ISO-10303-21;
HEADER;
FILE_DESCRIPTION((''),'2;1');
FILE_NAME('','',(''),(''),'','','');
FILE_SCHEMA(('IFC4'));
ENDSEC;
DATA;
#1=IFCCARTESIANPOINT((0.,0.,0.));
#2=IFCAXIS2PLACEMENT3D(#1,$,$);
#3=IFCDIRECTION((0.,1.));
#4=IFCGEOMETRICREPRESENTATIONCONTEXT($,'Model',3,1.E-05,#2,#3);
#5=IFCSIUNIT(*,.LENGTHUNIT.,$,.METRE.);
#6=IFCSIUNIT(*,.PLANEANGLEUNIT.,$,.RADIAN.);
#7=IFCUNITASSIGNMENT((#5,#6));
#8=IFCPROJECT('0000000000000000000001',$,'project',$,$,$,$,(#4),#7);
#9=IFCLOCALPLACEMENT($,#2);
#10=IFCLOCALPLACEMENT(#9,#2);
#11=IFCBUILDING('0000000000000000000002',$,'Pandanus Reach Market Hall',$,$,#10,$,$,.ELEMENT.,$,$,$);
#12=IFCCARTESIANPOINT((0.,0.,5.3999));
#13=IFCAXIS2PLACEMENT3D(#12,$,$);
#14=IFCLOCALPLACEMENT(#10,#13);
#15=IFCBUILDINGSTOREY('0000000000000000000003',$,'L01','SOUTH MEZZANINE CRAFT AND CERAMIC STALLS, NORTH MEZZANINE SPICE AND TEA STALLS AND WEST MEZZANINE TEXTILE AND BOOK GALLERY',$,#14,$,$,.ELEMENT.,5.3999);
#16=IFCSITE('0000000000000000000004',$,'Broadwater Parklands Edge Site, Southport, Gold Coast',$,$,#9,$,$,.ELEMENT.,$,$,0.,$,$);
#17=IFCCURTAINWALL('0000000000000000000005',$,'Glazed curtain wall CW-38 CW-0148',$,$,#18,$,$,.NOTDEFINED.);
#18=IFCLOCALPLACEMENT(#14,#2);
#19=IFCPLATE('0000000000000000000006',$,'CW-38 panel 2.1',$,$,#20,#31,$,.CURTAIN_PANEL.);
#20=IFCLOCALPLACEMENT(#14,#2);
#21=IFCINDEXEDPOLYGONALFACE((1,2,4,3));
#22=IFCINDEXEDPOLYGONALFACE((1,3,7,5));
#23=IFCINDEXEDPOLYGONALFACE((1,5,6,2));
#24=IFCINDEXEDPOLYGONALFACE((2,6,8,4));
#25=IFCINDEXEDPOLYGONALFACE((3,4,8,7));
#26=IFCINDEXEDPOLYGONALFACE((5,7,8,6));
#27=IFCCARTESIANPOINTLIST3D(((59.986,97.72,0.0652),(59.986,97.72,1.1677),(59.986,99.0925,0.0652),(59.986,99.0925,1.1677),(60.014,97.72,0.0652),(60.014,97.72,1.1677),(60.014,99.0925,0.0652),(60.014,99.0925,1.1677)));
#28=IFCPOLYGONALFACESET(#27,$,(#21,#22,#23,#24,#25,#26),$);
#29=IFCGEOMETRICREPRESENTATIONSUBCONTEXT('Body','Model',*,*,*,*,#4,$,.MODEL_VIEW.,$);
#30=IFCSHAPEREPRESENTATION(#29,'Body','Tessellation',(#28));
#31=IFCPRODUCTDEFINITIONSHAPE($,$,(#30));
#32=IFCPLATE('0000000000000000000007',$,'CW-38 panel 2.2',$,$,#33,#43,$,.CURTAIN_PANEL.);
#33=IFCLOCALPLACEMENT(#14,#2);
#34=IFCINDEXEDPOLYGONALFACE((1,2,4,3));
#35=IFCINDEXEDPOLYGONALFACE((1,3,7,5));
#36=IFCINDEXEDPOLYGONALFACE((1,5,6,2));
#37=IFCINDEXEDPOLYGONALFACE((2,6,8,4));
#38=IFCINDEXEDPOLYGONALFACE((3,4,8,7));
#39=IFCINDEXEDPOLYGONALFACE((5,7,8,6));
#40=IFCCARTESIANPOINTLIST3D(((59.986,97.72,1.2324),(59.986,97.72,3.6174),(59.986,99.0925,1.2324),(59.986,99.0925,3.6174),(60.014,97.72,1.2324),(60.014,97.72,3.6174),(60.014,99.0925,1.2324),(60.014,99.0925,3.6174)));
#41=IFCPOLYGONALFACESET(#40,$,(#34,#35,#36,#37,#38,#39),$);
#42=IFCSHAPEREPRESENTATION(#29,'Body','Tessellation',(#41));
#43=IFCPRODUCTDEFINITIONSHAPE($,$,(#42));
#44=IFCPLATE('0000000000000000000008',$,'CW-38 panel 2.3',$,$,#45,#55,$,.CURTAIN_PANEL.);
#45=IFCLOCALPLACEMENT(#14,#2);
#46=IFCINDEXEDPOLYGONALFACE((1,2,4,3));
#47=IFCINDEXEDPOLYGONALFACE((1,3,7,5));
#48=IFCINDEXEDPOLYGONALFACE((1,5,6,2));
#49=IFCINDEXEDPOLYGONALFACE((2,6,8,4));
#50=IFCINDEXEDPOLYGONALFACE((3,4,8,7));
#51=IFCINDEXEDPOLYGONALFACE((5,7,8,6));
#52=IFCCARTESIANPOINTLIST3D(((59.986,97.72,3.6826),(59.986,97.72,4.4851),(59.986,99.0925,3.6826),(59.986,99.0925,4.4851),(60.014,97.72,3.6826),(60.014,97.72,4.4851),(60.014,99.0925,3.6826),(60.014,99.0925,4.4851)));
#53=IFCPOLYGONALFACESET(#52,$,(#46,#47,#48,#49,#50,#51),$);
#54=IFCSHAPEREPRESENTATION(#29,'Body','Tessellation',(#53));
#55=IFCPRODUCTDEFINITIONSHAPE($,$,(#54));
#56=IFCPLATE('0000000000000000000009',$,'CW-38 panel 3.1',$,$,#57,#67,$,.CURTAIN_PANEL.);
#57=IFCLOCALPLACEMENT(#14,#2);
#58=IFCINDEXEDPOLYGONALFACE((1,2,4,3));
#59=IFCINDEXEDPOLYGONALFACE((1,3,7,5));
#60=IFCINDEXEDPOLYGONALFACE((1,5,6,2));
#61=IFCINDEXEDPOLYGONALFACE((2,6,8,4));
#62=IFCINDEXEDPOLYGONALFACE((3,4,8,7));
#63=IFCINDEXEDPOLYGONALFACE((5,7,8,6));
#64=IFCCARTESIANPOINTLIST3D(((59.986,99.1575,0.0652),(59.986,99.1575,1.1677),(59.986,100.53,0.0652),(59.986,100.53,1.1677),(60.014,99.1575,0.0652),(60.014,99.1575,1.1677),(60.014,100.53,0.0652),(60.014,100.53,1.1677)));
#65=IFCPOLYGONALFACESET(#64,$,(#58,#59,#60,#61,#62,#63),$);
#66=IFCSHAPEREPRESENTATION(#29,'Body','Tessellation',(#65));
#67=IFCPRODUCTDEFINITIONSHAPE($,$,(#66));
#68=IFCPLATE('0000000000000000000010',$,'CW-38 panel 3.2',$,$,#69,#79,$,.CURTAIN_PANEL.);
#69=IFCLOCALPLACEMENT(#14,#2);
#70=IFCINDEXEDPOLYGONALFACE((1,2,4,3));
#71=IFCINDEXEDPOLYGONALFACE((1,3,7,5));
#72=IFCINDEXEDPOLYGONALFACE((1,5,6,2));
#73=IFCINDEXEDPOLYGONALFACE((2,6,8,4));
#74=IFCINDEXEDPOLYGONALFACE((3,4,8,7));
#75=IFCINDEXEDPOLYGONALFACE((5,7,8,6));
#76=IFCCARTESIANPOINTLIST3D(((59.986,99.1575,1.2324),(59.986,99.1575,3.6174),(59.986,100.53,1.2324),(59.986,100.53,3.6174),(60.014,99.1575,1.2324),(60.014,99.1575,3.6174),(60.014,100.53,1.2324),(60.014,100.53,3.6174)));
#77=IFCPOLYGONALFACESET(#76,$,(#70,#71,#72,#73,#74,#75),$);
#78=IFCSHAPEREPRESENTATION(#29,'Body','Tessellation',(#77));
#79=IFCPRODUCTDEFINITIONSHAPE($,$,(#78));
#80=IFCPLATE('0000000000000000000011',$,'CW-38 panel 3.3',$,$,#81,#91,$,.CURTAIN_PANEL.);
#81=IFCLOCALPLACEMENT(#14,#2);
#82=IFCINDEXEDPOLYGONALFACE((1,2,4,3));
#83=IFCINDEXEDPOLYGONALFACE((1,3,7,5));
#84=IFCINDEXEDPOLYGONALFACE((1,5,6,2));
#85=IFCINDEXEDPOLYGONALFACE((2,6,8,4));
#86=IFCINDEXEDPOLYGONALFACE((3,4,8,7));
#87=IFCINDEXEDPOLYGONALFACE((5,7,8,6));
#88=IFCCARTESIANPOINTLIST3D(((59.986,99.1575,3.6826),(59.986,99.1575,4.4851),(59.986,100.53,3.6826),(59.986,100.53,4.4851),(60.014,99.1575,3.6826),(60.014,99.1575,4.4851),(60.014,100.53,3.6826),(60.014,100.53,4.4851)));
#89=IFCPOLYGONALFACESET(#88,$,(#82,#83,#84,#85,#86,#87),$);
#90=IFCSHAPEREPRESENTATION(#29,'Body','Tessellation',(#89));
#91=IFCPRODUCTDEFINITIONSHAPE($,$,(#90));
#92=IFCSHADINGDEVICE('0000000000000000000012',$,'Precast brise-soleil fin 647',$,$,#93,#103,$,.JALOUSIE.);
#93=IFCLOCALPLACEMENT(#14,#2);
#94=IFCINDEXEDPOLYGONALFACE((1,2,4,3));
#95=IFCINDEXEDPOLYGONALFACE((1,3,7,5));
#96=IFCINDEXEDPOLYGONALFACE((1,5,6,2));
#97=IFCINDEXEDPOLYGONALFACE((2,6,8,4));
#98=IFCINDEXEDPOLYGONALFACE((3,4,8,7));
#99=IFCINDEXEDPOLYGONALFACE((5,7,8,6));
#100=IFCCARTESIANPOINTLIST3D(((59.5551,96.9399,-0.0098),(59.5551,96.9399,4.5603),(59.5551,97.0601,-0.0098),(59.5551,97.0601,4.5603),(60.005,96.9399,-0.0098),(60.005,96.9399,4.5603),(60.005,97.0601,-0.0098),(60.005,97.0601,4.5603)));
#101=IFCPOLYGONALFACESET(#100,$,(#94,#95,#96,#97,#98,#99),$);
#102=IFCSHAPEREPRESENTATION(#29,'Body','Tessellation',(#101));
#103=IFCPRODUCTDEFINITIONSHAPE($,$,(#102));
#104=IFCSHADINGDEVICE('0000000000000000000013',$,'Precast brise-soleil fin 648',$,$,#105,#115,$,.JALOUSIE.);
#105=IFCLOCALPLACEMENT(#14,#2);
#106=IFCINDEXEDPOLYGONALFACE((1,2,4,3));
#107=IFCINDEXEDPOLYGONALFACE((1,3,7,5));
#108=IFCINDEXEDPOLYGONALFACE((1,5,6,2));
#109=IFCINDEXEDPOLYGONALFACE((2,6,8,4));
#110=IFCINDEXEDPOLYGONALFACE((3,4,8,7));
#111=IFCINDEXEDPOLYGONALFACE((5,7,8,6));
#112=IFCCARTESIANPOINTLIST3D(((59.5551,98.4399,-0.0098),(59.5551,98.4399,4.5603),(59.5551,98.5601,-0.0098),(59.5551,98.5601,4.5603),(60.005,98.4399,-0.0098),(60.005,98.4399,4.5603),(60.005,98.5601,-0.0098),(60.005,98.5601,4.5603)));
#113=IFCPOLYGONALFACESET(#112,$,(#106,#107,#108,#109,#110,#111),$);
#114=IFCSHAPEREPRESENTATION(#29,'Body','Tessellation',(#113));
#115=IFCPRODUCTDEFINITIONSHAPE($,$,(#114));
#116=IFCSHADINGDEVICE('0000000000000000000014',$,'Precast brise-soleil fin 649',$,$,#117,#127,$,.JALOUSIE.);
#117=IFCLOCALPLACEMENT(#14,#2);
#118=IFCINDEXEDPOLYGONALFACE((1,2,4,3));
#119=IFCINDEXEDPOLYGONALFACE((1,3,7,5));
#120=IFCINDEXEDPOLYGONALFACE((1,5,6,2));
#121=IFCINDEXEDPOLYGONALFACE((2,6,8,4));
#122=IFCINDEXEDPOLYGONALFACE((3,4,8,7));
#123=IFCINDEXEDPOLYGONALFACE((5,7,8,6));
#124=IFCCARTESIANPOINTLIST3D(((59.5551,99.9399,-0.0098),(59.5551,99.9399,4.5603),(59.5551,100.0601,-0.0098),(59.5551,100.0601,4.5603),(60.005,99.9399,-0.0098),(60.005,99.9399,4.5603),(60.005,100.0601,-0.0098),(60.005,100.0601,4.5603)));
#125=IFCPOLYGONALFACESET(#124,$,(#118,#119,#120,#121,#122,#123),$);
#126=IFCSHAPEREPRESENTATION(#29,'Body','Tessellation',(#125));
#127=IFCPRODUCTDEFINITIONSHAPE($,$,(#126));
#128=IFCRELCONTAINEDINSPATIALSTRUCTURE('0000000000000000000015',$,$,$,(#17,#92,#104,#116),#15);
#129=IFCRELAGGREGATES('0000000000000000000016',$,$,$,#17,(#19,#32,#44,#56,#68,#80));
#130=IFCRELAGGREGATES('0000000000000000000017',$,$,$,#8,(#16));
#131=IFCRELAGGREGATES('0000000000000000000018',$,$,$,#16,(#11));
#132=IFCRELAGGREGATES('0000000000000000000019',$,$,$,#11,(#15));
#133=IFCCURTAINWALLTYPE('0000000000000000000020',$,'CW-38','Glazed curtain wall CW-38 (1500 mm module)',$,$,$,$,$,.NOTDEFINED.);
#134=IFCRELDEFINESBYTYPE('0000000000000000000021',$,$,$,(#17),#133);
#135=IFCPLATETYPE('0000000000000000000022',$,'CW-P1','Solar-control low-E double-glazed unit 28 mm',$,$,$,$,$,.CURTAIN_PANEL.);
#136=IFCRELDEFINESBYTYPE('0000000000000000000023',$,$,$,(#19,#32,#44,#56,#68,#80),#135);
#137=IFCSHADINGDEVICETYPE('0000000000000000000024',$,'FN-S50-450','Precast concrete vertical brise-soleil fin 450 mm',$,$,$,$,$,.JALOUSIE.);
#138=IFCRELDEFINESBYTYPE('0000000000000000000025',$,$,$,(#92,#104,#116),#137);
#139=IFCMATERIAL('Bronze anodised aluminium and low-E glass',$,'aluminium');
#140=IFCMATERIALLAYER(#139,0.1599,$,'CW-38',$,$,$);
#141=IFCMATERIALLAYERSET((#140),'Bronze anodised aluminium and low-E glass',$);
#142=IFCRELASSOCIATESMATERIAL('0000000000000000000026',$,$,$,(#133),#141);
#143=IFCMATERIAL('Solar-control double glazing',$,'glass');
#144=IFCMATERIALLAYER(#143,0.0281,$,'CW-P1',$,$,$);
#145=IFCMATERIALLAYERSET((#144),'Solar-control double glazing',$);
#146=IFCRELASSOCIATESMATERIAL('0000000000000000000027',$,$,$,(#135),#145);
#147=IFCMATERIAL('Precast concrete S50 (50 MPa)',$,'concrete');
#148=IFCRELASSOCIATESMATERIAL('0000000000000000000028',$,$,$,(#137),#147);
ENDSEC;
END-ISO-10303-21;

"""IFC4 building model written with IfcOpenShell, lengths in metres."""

from ifc_helpers import new_model, si_unit, direction, frame, origin, origin_2d, place, context, subcontext, project, spatial, rectangle, extrude, material, layer, layer_set, type_object, element, aggregate, save


model = new_model("IFC4")

# Units and contexts
model_context = context("Model", 3, precision=1e-05, world=origin(), true_north=direction((0.0, 1.0)))
body_context = subcontext(model_context, "Body", "Model", "MODEL_VIEW")
ifc_project = project(units=[si_unit("LENGTHUNIT", "METRE"), si_unit("PLANEANGLEUNIT", "RADIAN")], contexts=[model_context])

# Site, building, storey
site_placement = place(None, origin())
site = spatial("IfcSite", under=ifc_project, at=site_placement, Name="Broadwater Parklands Edge Site, Southport, Gold Coast", CompositionType="ELEMENT", RefElevation=0.0)
building_placement = place(site_placement, origin())
building = spatial("IfcBuilding", under=site, at=building_placement, Name="Pandanus Reach Market Hall", CompositionType="ELEMENT")
storey_placement = place(building_placement, frame((0.0, 0.0, 5.3999)))
storey = spatial("IfcBuildingStorey", under=building, at=storey_placement, Name="L01", Description="SOUTH MEZZANINE CRAFT AND CERAMIC STALLS, NORTH MEZZANINE SPICE AND TEA STALLS AND WEST MEZZANINE TEXTILE AND BOOK GALLERY", CompositionType="ELEMENT", Elevation=5.3999)

# Curtain wall, plates
ifc_material_1 = material(Name="Bronze anodised aluminium and low-E glass", Category="aluminium")
ifc_layer_1 = layer(ifc_material_1, 0.1599, Name="CW-38")
ifc_layer_set_1 = layer_set([ifc_layer_1], Name="Bronze anodised aluminium and low-E glass")
curtain_wall_type = type_object("IfcCurtainWallType", Name="CW-38", Description="Glazed curtain wall CW-38 (1500 mm module)", PredefinedType="NOTDEFINED", material=ifc_layer_set_1)
curtain_wall_placement = place(storey_placement, origin())
curtain_wall = element("IfcCurtainWall", 1, at=curtain_wall_placement, inside=storey, type_object=curtain_wall_type, Name="Glazed curtain wall CW-38 CW-0148", PredefinedType="NOTDEFINED")
ifc_material_2 = material(Name="Solar-control double glazing", Category="glass")
ifc_layer_2 = layer(ifc_material_2, 0.0281, Name="CW-P1")
ifc_layer_set_2 = layer_set([ifc_layer_2], Name="Solar-control double glazing")
plate_type = type_object("IfcPlateType", Name="CW-P1", Description="Solar-control low-E double-glazed unit 28 mm", PredefinedType="CURTAIN_PANEL", material=ifc_layer_set_2)
plate_1_placement = place(storey_placement, frame((60.0, 98.4062, 0.0652), z_axis=(0.0, 0.0, 1.0), x_axis=(0.0, 1.0, 0.0)))
plate_1 = element("IfcPlate", 2, at=plate_1_placement, type_object=plate_type, Name="CW-38 panel 2.1", PredefinedType="CURTAIN_PANEL", context=body_context, shape_type="SweptSolid", body=[
    extrude(rectangle(XDim=1.3726, YDim=0.0281, at=origin_2d()), origin(), (0.0, 0.0, 1.0), 1.1025),
])
plate_2_placement = place(storey_placement, frame((60.0, 98.4062, 1.2324), z_axis=(0.0, 0.0, 1.0), x_axis=(0.0, 1.0, 0.0)))
plate_2 = element("IfcPlate", 3, at=plate_2_placement, type_object=plate_type, Name="CW-38 panel 2.2", PredefinedType="CURTAIN_PANEL", context=body_context, shape_type="SweptSolid", body=[
    extrude(rectangle(XDim=1.3726, YDim=0.0281, at=origin_2d()), origin(), (0.0, 0.0, 1.0), 2.385),
])
plate_3_placement = place(storey_placement, frame((60.0, 98.4062, 3.6826), z_axis=(0.0, 0.0, 1.0), x_axis=(0.0, 1.0, 0.0)))
plate_3 = element("IfcPlate", 4, at=plate_3_placement, type_object=plate_type, Name="CW-38 panel 2.3", PredefinedType="CURTAIN_PANEL", context=body_context, shape_type="SweptSolid", body=[
    extrude(rectangle(XDim=1.3726, YDim=0.0281, at=origin_2d()), origin(), (0.0, 0.0, 1.0), 0.8025),
])
plate_4_placement = place(storey_placement, frame((60.0, 99.8438, 0.0652), z_axis=(0.0, 0.0, 1.0), x_axis=(0.0, 1.0, 0.0)))
plate_4 = element("IfcPlate", 5, at=plate_4_placement, type_object=plate_type, Name="CW-38 panel 3.1", PredefinedType="CURTAIN_PANEL", context=body_context, shape_type="SweptSolid", body=[
    extrude(rectangle(XDim=1.3726, YDim=0.0281, at=origin_2d()), origin(), (0.0, 0.0, 1.0), 1.1025),
])
plate_5_placement = place(storey_placement, frame((60.0, 99.8438, 1.2324), z_axis=(0.0, 0.0, 1.0), x_axis=(0.0, 1.0, 0.0)))
plate_5 = element("IfcPlate", 6, at=plate_5_placement, type_object=plate_type, Name="CW-38 panel 3.2", PredefinedType="CURTAIN_PANEL", context=body_context, shape_type="SweptSolid", body=[
    extrude(rectangle(XDim=1.3726, YDim=0.0281, at=origin_2d()), origin(), (0.0, 0.0, 1.0), 2.385),
])
plate_6_placement = place(storey_placement, frame((60.0, 99.8438, 3.6826), z_axis=(0.0, 0.0, 1.0), x_axis=(0.0, 1.0, 0.0)))
plate_6 = element("IfcPlate", 7, at=plate_6_placement, type_object=plate_type, Name="CW-38 panel 3.3", PredefinedType="CURTAIN_PANEL", context=body_context, shape_type="SweptSolid", body=[
    extrude(rectangle(XDim=1.3726, YDim=0.0281, at=origin_2d()), origin(), (0.0, 0.0, 1.0), 0.8025),
])
aggregate(curtain_wall, [plate_1, plate_2, plate_3, plate_4, plate_5, plate_6])

# Shading devices
ifc_material_3 = material(Name="Precast concrete S50 (50 MPa)", Category="concrete")
shading_device_type = type_object("IfcShadingDeviceType", Name="FN-S50-450", Description="Precast concrete vertical brise-soleil fin 450 mm", PredefinedType="JALOUSIE", material=ifc_material_3)
for number, where, z_axis, x_axis, name in (
    (8, (59.78, 97.0, -0.0098), (0.0, 0.0, 1.0), (-1.0, 0.0, 0.0), "Precast brise-soleil fin 647"),
    (9, (59.78, 98.5, -0.0098), (0.0, 0.0, 1.0), (-1.0, 0.0, 0.0), "Precast brise-soleil fin 648"),
    (10, (59.78, 100.0, -0.0098), (0.0, 0.0, 1.0), (-1.0, 0.0, 0.0), "Precast brise-soleil fin 649"),
):
    element("IfcShadingDevice", number, at=place(storey_placement, frame(where, z_axis=z_axis, x_axis=x_axis)), inside=storey, type_object=shading_device_type, Name=name, PredefinedType="JALOUSIE", context=body_context, shape_type="SweptSolid", body=[
        extrude(rectangle(XDim=0.45, YDim=0.1201, at=origin_2d()), origin(), (0.0, 0.0, 1.0), 4.5701),
    ])

save(model, "model.ifc")
